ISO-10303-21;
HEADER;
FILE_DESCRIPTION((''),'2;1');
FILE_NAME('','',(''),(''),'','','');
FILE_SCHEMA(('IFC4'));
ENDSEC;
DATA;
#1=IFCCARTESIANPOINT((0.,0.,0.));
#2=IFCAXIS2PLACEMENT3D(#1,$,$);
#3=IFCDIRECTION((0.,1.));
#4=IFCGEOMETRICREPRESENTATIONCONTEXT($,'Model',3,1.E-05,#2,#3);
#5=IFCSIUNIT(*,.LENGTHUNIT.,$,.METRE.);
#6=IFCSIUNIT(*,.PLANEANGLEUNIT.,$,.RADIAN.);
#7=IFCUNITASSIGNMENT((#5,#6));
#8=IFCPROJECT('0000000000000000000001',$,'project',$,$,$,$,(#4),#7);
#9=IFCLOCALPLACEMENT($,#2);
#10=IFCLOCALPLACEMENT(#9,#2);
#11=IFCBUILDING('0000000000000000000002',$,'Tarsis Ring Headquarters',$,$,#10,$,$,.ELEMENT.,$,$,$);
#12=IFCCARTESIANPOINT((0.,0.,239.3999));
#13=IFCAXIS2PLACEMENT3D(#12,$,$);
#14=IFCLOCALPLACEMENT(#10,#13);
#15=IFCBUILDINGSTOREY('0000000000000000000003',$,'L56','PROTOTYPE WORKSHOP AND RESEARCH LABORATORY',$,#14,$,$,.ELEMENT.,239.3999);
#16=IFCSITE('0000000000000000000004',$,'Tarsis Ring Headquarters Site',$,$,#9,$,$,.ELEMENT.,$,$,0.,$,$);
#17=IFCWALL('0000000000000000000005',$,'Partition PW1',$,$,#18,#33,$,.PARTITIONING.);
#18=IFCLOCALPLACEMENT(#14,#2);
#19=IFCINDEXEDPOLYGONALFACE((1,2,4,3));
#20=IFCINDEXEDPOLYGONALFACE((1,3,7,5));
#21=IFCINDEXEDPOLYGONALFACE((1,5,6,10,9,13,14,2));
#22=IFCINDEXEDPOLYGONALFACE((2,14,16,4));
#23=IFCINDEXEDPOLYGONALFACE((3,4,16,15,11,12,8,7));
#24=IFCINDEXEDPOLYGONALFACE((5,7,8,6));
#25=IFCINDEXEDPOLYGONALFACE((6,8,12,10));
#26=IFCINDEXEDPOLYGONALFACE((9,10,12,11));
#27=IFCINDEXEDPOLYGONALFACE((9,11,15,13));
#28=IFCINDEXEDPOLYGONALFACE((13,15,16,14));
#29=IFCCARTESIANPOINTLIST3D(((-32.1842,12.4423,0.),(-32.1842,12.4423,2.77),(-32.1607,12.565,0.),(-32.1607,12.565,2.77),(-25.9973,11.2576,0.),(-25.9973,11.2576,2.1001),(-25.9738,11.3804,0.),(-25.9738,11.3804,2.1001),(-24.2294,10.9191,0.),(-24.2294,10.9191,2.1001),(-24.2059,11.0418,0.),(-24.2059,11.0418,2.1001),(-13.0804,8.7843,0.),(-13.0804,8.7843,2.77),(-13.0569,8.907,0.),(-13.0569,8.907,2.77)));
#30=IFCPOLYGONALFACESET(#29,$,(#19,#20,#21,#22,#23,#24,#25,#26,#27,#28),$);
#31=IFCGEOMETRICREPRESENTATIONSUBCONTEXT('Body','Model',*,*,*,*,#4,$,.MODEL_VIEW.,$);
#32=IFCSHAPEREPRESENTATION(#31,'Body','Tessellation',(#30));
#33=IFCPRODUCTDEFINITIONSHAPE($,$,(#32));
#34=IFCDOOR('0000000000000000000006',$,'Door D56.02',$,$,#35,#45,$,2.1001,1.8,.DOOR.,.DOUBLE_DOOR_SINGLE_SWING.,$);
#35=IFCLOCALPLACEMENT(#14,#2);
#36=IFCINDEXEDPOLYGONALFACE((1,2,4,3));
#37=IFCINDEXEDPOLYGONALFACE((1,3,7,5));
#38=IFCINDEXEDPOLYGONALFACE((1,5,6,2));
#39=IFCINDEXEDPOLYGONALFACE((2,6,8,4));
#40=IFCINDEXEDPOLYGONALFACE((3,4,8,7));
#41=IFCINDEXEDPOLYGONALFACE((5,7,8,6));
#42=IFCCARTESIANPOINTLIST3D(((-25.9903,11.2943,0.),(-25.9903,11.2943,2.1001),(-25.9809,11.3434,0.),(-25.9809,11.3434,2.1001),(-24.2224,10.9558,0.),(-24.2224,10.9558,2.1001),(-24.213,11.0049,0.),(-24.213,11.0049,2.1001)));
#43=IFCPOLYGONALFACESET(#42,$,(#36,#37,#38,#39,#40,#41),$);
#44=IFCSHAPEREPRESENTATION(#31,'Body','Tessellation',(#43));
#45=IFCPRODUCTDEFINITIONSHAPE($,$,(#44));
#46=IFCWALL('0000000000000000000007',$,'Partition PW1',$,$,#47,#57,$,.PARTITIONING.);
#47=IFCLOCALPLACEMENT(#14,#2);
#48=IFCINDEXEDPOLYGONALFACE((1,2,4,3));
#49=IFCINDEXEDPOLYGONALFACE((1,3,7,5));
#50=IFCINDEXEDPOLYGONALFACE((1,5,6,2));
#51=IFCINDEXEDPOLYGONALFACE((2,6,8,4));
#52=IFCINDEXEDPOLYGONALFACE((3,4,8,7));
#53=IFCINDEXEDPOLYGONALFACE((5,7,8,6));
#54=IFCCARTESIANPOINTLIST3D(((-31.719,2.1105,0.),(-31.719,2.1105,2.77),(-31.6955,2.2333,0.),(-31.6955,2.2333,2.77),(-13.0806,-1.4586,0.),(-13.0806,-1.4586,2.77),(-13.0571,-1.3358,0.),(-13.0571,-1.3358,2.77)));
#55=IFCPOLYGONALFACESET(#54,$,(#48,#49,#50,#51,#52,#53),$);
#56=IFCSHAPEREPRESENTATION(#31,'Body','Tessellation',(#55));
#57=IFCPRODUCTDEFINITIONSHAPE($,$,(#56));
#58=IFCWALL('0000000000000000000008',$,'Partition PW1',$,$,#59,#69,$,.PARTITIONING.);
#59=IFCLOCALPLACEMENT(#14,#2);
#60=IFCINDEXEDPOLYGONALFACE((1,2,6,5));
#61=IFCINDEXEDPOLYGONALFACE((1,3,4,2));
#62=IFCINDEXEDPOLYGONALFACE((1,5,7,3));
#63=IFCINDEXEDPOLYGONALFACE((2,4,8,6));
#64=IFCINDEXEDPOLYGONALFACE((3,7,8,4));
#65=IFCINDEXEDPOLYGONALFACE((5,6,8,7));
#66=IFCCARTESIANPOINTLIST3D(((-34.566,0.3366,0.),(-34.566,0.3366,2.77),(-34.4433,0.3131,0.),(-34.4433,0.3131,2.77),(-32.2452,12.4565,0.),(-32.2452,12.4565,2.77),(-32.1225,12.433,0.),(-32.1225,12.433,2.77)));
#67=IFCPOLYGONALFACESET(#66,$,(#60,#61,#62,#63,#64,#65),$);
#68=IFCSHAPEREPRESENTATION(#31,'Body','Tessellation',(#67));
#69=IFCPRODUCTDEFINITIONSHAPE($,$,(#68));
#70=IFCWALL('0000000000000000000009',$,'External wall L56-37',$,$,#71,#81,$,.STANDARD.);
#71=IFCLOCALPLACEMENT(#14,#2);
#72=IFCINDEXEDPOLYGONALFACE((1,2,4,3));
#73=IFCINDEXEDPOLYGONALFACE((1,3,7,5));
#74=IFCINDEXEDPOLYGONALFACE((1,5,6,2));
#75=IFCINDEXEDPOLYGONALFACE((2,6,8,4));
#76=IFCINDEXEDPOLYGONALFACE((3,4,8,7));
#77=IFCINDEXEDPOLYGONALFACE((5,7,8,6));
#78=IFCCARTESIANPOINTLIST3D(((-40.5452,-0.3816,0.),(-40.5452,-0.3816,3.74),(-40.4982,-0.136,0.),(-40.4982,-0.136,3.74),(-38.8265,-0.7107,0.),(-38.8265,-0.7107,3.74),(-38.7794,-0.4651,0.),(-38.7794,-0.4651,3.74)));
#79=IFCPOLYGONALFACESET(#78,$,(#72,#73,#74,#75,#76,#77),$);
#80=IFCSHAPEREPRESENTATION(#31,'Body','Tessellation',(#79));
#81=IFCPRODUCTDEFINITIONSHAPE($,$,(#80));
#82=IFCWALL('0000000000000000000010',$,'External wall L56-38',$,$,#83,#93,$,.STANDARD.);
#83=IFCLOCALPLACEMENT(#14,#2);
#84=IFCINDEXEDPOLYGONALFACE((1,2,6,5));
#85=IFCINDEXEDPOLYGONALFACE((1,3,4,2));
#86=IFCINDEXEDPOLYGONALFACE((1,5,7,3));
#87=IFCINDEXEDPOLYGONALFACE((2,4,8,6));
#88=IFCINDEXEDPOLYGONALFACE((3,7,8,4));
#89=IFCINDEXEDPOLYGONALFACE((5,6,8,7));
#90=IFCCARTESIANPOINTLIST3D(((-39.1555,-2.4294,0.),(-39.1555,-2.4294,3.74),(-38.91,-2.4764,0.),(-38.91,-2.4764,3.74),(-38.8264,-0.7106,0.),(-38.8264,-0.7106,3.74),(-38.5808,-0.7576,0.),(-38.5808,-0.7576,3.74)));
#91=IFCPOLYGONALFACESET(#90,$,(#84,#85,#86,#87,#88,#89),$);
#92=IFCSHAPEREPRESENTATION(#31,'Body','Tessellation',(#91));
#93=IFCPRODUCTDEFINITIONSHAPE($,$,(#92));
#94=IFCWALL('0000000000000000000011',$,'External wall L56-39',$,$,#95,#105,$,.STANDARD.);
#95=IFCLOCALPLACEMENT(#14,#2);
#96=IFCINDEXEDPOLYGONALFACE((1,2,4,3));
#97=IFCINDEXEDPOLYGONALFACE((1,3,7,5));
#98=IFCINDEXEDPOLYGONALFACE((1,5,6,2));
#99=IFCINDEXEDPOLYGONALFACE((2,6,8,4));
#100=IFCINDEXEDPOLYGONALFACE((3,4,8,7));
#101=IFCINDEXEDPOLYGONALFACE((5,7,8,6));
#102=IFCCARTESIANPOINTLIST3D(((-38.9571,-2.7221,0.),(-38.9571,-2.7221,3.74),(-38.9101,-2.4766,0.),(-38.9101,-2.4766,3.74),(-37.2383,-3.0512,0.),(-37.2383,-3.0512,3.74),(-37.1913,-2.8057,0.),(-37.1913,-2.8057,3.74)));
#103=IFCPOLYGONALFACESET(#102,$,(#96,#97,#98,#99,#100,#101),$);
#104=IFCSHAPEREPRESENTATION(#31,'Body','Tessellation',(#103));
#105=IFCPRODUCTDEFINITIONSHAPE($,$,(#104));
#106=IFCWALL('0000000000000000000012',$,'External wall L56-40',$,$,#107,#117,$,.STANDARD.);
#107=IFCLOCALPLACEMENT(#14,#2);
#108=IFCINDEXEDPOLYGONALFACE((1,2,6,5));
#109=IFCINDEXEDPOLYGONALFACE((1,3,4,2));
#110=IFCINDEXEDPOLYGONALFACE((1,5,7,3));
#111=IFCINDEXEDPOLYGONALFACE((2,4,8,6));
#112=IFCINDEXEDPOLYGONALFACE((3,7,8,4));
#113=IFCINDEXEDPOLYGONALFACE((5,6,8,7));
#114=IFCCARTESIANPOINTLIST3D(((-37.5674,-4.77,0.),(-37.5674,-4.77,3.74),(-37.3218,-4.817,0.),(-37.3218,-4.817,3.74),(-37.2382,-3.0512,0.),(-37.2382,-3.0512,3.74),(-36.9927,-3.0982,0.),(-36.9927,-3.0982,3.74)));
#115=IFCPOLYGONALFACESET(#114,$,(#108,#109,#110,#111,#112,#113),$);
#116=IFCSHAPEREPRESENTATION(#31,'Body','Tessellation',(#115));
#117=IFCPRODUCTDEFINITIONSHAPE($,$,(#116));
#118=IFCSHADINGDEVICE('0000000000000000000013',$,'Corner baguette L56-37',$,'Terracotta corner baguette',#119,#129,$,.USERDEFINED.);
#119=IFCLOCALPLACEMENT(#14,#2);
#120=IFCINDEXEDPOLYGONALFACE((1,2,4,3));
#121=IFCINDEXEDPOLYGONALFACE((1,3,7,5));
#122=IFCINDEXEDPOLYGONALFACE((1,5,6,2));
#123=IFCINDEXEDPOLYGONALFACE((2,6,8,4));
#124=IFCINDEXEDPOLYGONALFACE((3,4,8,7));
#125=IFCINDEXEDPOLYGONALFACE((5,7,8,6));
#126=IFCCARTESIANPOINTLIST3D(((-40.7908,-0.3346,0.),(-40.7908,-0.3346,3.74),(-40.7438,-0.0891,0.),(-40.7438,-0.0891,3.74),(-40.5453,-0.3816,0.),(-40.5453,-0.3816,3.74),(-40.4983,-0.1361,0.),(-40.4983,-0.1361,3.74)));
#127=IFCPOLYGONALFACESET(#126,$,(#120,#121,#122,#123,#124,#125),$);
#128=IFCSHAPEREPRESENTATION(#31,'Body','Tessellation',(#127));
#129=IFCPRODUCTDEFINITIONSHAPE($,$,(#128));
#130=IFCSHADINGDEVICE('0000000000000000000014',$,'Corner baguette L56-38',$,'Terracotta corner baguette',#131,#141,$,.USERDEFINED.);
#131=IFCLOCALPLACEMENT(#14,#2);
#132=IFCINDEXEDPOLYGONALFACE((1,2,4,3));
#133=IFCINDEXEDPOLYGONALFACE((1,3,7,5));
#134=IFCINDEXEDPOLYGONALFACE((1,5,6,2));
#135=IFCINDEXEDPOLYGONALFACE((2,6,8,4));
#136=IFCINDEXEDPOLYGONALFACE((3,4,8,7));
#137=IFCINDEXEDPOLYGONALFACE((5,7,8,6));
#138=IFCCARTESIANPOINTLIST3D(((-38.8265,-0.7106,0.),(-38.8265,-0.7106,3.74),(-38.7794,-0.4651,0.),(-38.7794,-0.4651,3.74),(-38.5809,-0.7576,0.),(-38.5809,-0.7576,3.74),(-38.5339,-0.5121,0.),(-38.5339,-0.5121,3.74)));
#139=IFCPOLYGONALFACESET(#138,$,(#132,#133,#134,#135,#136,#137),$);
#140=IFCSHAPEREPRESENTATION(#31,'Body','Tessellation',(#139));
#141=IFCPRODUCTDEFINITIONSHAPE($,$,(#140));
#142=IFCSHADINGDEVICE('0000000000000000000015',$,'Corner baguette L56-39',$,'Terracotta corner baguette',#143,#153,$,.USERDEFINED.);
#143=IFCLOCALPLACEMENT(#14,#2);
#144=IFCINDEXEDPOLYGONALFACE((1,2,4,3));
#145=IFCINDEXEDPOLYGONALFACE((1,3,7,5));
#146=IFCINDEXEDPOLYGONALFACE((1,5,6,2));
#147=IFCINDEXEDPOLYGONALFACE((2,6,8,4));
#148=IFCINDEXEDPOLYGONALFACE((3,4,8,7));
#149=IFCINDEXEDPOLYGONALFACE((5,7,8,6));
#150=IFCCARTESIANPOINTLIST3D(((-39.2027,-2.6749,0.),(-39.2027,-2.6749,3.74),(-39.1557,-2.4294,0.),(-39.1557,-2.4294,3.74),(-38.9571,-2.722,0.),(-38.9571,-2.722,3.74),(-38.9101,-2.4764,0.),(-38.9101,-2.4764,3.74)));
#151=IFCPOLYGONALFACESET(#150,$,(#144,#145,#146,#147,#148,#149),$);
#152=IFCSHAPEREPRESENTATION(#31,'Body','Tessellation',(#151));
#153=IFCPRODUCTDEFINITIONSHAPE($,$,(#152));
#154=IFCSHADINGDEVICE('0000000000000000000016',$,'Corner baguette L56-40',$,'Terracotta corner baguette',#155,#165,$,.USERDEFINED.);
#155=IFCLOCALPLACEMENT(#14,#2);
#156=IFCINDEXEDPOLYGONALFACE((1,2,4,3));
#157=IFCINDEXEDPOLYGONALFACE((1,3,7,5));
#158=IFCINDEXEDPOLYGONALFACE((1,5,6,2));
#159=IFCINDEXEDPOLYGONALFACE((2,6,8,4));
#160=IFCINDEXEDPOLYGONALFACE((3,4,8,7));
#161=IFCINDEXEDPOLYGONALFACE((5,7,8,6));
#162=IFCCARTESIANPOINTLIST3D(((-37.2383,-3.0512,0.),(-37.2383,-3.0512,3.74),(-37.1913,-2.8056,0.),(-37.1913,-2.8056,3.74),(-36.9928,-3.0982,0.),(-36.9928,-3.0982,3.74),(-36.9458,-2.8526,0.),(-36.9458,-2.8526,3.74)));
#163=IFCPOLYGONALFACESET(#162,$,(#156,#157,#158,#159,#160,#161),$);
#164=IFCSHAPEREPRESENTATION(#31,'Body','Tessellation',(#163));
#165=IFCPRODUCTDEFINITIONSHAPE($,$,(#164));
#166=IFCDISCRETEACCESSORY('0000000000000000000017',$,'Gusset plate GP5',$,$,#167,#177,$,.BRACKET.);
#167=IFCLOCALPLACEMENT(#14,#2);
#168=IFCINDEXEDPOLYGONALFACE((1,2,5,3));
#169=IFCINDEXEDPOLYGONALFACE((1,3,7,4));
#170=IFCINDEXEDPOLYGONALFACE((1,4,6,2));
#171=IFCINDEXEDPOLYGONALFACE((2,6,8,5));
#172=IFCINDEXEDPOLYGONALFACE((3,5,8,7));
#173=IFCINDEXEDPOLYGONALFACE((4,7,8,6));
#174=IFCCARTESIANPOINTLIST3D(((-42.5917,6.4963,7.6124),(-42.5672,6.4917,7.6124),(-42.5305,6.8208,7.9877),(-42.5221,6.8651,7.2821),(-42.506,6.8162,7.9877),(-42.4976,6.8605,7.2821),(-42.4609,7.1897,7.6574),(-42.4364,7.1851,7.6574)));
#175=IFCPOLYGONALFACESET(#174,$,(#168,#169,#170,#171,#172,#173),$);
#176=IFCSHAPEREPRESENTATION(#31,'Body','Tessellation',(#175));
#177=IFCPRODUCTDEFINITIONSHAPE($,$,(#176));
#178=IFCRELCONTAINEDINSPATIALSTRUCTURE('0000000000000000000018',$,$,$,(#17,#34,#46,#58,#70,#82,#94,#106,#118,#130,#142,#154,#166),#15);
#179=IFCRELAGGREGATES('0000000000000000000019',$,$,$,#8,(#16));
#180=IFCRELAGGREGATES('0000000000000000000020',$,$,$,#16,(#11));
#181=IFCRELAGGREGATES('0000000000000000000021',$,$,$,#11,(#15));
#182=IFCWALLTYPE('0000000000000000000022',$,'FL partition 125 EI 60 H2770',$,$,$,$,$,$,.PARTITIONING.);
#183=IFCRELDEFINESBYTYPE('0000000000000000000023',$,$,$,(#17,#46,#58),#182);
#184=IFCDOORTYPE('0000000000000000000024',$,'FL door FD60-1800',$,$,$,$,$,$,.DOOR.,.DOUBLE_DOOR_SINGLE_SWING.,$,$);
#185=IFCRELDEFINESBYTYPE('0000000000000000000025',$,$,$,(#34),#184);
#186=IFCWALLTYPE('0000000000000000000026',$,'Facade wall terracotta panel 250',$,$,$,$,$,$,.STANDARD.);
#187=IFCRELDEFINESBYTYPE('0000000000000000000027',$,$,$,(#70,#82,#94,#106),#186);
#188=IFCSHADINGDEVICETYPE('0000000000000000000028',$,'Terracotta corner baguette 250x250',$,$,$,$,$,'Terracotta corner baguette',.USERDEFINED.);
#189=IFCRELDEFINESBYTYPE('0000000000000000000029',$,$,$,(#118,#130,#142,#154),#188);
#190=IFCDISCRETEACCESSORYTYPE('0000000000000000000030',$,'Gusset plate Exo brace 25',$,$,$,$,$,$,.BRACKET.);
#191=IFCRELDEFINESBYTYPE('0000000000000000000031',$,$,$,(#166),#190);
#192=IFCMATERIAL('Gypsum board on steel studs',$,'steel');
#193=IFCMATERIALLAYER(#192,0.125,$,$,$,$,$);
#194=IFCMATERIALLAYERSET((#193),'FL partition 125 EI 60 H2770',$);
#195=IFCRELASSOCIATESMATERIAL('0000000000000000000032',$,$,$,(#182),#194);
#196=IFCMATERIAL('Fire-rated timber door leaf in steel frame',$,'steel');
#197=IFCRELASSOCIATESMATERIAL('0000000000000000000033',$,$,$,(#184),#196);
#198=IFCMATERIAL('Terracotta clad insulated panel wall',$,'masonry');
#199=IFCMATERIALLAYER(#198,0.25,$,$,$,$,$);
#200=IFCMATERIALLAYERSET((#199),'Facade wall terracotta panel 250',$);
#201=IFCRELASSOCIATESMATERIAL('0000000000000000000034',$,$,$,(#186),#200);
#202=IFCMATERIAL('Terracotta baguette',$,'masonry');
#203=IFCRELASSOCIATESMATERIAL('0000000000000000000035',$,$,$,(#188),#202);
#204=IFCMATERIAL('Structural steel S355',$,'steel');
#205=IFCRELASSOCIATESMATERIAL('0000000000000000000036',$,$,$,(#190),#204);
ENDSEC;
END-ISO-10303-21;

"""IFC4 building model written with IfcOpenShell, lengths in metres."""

from ifc_helpers import new_model, si_unit, direction, frame, frame_2d, origin, origin_2d, place, context, subcontext, project, spatial, rectangle, extrude, material, layer, layer_set, material_profile, profile_set, type_object, element, fill, save


model = new_model("IFC4")

# Units and contexts
model_context = context("Model", 3, precision=1e-05, world=origin(), true_north=direction((0.0, 1.0)))
body_context = subcontext(model_context, "Body", "Model", "MODEL_VIEW")
ifc_project = project(units=[si_unit("LENGTHUNIT", "METRE"), si_unit("PLANEANGLEUNIT", "RADIAN")], contexts=[model_context])

# Site, building, storey
site_placement = place(None, origin())
site = spatial("IfcSite", under=ifc_project, at=site_placement, Name="Tarsis Ring Headquarters Site", CompositionType="ELEMENT", RefElevation=0.0)
building_placement = place(site_placement, origin())
building = spatial("IfcBuilding", under=site, at=building_placement, Name="Tarsis Ring Headquarters", CompositionType="ELEMENT")
storey_placement = place(building_placement, frame((0.0, 0.0, 239.3999)))
storey = spatial("IfcBuildingStorey", under=building, at=storey_placement, Name="L56", Description="PROTOTYPE WORKSHOP AND RESEARCH LABORATORY", CompositionType="ELEMENT", Elevation=239.3999)

# Shared definitions
ifc_material_1 = material(Name="Structural steel S355", Category="steel")

# Shared definitions
ifc_material_2 = material(Name="Gypsum board on steel studs", Category="steel")

# Wall, opening, door
ifc_layer_1 = layer(ifc_material_2, 0.125)
ifc_layer_set_1 = layer_set([ifc_layer_1], Name="FL partition 125 EI 60 H2770")
wall_type_1 = type_object("IfcWallType", Name="FL partition 125 EI 60 H2770", PredefinedType="PARTITIONING", material=ifc_layer_set_1)
ifc_material_3 = material(Name="Fire-rated timber door leaf in steel frame", Category="steel")
door_type = type_object("IfcDoorType", Name="FL door FD60-1800", OperationType="DOUBLE_DOOR_SINGLE_SWING", PredefinedType="DOOR", material=ifc_material_3)
wall_1_placement = place(storey_placement, frame((-32.1726, 12.5037, 0.0), z_axis=(0.0, 0.0, 1.0), x_axis=(0.982157, -0.188062, 0.0)))
wall_1 = element("IfcWall", 1, at=wall_1_placement, inside=storey, type_object=wall_type_1, Name="Partition PW1", PredefinedType="PARTITIONING", context=body_context, shape_type="SweptSolid", body=[
    extrude(rectangle(XDim=19.4509, YDim=0.125, at=frame_2d((9.7256, 0.0))), origin(), (0.0, 0.0, 1.0), 2.77),
])
opening_1_placement = place(wall_1_placement, frame((6.2996, 0.0, 0.0)))
opening_1 = element("IfcOpeningElement", 2, at=opening_1_placement, cuts=wall_1, PredefinedType="OPENING", context=body_context, shape_type="SweptSolid", body=[
    extrude(rectangle(XDim=1.8, YDim=2.1001, at=frame_2d((0.8999, 1.05))), frame((0.0, 0.0725, 0.0), z_axis=(0.0, -1.0, 0.0), x_axis=(1.0, 0.0, 0.0)), (0.0, 0.0, 1.0), 0.145),
])
door_1_placement = place(opening_1_placement, origin())
door_1 = element("IfcDoor", 3, at=door_1_placement, inside=storey, type_object=door_type, Name="Door D56.02", OperationType="DOUBLE_DOOR_SINGLE_SWING", OverallHeight=2.1001, OverallWidth=1.8, PredefinedType="DOOR", context=body_context, shape_type="SweptSolid", body=[
    extrude(rectangle(XDim=1.8, YDim=2.1001, at=frame_2d((0.8999, 1.05))), frame((0.0, 0.0249, 0.0), z_axis=(0.0, -1.0, 0.0), x_axis=(1.0, 0.0, 0.0)), (0.0, 0.0, 1.0), 0.05),
])
fill(opening_1, door_1)

# Walls
wall_2_placement = place(storey_placement, frame((-31.7073, 2.1719, 0.0), z_axis=(0.0, 0.0, 1.0), x_axis=(0.982155, -0.188074, 0.0)))
element("IfcWall", 4, at=wall_2_placement, inside=storey, type_object=wall_type_1, Name="Partition PW1", PredefinedType="PARTITIONING", context=body_context, shape_type="SweptSolid", body=[
    extrude(rectangle(XDim=18.9771, YDim=0.125, at=frame_2d((9.4885, 0.0))), origin(), (0.0, 0.0, 1.0), 2.77),
])
wall_3_placement = place(storey_placement, frame((-34.5046, 0.325, 0.0), z_axis=(0.0, 0.0, 1.0), x_axis=(0.18807, 0.982156, 0.0)))
element("IfcWall", 5, at=wall_3_placement, inside=storey, type_object=wall_type_1, Name="Partition PW1", PredefinedType="PARTITIONING", context=body_context, shape_type="SweptSolid", body=[
    extrude(rectangle(XDim=12.3401, YDim=0.125, at=frame_2d((6.1699, 0.0))), origin(), (0.0, 0.0, 1.0), 2.77),
])
ifc_material_4 = material(Name="Terracotta clad insulated panel wall", Category="masonry")
ifc_layer_2 = layer(ifc_material_4, 0.25)
ifc_layer_set_2 = layer_set([ifc_layer_2], Name="Facade wall terracotta panel 250")
wall_type_2 = type_object("IfcWallType", Name="Facade wall terracotta panel 250", PredefinedType="STANDARD", material=ifc_layer_set_2)
for number, where, z_axis, x_axis, name in (
    (6, (-40.5217, -0.2588, 0.0), (0.0, 0.0, 1.0), (0.982157, -0.188061, 0.0), "External wall L56-37"),
    (7, (-38.7036, -0.7341, 0.0), (0.0, 0.0, 1.0), (-0.188061, -0.982157, 0.0), "External wall L56-38"),
    (8, (-38.9336, -2.5994, 0.0), (0.0, 0.0, 1.0), (0.982157, -0.188061, 0.0), "External wall L56-39"),
    (9, (-37.1155, -3.0747, 0.0), (0.0, 0.0, 1.0), (-0.188061, -0.982157, 0.0), "External wall L56-40"),
):
    element("IfcWall", number, at=place(storey_placement, frame(where, z_axis=z_axis, x_axis=x_axis)), inside=storey, type_object=wall_type_2, Name=name, PredefinedType="STANDARD", context=body_context, shape_type="SweptSolid", body=[
        extrude(rectangle(XDim=1.75, YDim=0.25, at=frame_2d((0.875, 0.0))), origin(), (0.0, 0.0, 1.0), 3.74),
    ])

# Shading devices
ifc_material_5 = material(Name="Terracotta baguette", Category="masonry")
shading_device_type_1 = type_object("IfcShadingDeviceType", Name="Terracotta corner baguette 250x250", ElementType="Terracotta corner baguette", PredefinedType="USERDEFINED", material=ifc_material_5)
for number, where, z_axis, x_axis, name in (
    (10, (-40.6445, -0.2354, 0.0), (0.0, 0.0, 1.0), (-0.188067, -0.982156, 0.0), "Corner baguette L56-37"),
    (11, (-38.6802, -0.6113, 0.0), (0.0, 0.0, 1.0), (0.982156, -0.188067, 0.0), "Corner baguette L56-38"),
    (12, (-39.0564, -2.5757, 0.0), (0.0, 0.0, 1.0), (-0.188067, -0.982156, 0.0), "Corner baguette L56-39"),
    (13, (-37.092, -2.9519, 0.0), (0.0, 0.0, 1.0), (0.982156, -0.188067, 0.0), "Corner baguette L56-40"),
):
    element("IfcShadingDevice", number, at=place(storey_placement, frame(where, z_axis=z_axis, x_axis=x_axis)), inside=storey, type_object=shading_device_type_1, Name=name, ObjectType="Terracotta corner baguette", PredefinedType="USERDEFINED", context=body_context, shape_type="SweptSolid", body=[
        extrude(rectangle(XDim=0.25, YDim=0.25, at=origin_2d()), origin(), (0.0, 0.0, 1.0), 3.74),
    ])

# Discrete accessory
ifc_material_profile_1 = material_profile(ifc_material_1, rectangle(XDim=0.0249, YDim=0.5, at=origin_2d()), Name="PL 25x500")
ifc_profile_set_1 = profile_set([ifc_material_profile_1], Name="Structural steel S355")
discrete_accessory_type = type_object("IfcDiscreteAccessoryType", Name="Gusset plate Exo brace 25", PredefinedType="BRACKET", material=ifc_profile_set_1)
discrete_accessory_placement = place(storey_placement, frame((-42.5488, 6.6562, 7.8), z_axis=(0.139149, 0.737736, -0.660593), x_axis=(-0.982673, 0.185349, 0.0)))
element("IfcDiscreteAccessory", 14, at=discrete_accessory_placement, inside=storey, type_object=discrete_accessory_type, Name="Gusset plate GP5", PredefinedType="BRACKET", context=body_context, shape_type="SweptSolid", body=[
    extrude(rectangle(XDim=0.0249, YDim=0.5, at=origin_2d()), origin(), (0.0, 0.0, 1.0), 0.5),
])

save(model, "model.ifc")
